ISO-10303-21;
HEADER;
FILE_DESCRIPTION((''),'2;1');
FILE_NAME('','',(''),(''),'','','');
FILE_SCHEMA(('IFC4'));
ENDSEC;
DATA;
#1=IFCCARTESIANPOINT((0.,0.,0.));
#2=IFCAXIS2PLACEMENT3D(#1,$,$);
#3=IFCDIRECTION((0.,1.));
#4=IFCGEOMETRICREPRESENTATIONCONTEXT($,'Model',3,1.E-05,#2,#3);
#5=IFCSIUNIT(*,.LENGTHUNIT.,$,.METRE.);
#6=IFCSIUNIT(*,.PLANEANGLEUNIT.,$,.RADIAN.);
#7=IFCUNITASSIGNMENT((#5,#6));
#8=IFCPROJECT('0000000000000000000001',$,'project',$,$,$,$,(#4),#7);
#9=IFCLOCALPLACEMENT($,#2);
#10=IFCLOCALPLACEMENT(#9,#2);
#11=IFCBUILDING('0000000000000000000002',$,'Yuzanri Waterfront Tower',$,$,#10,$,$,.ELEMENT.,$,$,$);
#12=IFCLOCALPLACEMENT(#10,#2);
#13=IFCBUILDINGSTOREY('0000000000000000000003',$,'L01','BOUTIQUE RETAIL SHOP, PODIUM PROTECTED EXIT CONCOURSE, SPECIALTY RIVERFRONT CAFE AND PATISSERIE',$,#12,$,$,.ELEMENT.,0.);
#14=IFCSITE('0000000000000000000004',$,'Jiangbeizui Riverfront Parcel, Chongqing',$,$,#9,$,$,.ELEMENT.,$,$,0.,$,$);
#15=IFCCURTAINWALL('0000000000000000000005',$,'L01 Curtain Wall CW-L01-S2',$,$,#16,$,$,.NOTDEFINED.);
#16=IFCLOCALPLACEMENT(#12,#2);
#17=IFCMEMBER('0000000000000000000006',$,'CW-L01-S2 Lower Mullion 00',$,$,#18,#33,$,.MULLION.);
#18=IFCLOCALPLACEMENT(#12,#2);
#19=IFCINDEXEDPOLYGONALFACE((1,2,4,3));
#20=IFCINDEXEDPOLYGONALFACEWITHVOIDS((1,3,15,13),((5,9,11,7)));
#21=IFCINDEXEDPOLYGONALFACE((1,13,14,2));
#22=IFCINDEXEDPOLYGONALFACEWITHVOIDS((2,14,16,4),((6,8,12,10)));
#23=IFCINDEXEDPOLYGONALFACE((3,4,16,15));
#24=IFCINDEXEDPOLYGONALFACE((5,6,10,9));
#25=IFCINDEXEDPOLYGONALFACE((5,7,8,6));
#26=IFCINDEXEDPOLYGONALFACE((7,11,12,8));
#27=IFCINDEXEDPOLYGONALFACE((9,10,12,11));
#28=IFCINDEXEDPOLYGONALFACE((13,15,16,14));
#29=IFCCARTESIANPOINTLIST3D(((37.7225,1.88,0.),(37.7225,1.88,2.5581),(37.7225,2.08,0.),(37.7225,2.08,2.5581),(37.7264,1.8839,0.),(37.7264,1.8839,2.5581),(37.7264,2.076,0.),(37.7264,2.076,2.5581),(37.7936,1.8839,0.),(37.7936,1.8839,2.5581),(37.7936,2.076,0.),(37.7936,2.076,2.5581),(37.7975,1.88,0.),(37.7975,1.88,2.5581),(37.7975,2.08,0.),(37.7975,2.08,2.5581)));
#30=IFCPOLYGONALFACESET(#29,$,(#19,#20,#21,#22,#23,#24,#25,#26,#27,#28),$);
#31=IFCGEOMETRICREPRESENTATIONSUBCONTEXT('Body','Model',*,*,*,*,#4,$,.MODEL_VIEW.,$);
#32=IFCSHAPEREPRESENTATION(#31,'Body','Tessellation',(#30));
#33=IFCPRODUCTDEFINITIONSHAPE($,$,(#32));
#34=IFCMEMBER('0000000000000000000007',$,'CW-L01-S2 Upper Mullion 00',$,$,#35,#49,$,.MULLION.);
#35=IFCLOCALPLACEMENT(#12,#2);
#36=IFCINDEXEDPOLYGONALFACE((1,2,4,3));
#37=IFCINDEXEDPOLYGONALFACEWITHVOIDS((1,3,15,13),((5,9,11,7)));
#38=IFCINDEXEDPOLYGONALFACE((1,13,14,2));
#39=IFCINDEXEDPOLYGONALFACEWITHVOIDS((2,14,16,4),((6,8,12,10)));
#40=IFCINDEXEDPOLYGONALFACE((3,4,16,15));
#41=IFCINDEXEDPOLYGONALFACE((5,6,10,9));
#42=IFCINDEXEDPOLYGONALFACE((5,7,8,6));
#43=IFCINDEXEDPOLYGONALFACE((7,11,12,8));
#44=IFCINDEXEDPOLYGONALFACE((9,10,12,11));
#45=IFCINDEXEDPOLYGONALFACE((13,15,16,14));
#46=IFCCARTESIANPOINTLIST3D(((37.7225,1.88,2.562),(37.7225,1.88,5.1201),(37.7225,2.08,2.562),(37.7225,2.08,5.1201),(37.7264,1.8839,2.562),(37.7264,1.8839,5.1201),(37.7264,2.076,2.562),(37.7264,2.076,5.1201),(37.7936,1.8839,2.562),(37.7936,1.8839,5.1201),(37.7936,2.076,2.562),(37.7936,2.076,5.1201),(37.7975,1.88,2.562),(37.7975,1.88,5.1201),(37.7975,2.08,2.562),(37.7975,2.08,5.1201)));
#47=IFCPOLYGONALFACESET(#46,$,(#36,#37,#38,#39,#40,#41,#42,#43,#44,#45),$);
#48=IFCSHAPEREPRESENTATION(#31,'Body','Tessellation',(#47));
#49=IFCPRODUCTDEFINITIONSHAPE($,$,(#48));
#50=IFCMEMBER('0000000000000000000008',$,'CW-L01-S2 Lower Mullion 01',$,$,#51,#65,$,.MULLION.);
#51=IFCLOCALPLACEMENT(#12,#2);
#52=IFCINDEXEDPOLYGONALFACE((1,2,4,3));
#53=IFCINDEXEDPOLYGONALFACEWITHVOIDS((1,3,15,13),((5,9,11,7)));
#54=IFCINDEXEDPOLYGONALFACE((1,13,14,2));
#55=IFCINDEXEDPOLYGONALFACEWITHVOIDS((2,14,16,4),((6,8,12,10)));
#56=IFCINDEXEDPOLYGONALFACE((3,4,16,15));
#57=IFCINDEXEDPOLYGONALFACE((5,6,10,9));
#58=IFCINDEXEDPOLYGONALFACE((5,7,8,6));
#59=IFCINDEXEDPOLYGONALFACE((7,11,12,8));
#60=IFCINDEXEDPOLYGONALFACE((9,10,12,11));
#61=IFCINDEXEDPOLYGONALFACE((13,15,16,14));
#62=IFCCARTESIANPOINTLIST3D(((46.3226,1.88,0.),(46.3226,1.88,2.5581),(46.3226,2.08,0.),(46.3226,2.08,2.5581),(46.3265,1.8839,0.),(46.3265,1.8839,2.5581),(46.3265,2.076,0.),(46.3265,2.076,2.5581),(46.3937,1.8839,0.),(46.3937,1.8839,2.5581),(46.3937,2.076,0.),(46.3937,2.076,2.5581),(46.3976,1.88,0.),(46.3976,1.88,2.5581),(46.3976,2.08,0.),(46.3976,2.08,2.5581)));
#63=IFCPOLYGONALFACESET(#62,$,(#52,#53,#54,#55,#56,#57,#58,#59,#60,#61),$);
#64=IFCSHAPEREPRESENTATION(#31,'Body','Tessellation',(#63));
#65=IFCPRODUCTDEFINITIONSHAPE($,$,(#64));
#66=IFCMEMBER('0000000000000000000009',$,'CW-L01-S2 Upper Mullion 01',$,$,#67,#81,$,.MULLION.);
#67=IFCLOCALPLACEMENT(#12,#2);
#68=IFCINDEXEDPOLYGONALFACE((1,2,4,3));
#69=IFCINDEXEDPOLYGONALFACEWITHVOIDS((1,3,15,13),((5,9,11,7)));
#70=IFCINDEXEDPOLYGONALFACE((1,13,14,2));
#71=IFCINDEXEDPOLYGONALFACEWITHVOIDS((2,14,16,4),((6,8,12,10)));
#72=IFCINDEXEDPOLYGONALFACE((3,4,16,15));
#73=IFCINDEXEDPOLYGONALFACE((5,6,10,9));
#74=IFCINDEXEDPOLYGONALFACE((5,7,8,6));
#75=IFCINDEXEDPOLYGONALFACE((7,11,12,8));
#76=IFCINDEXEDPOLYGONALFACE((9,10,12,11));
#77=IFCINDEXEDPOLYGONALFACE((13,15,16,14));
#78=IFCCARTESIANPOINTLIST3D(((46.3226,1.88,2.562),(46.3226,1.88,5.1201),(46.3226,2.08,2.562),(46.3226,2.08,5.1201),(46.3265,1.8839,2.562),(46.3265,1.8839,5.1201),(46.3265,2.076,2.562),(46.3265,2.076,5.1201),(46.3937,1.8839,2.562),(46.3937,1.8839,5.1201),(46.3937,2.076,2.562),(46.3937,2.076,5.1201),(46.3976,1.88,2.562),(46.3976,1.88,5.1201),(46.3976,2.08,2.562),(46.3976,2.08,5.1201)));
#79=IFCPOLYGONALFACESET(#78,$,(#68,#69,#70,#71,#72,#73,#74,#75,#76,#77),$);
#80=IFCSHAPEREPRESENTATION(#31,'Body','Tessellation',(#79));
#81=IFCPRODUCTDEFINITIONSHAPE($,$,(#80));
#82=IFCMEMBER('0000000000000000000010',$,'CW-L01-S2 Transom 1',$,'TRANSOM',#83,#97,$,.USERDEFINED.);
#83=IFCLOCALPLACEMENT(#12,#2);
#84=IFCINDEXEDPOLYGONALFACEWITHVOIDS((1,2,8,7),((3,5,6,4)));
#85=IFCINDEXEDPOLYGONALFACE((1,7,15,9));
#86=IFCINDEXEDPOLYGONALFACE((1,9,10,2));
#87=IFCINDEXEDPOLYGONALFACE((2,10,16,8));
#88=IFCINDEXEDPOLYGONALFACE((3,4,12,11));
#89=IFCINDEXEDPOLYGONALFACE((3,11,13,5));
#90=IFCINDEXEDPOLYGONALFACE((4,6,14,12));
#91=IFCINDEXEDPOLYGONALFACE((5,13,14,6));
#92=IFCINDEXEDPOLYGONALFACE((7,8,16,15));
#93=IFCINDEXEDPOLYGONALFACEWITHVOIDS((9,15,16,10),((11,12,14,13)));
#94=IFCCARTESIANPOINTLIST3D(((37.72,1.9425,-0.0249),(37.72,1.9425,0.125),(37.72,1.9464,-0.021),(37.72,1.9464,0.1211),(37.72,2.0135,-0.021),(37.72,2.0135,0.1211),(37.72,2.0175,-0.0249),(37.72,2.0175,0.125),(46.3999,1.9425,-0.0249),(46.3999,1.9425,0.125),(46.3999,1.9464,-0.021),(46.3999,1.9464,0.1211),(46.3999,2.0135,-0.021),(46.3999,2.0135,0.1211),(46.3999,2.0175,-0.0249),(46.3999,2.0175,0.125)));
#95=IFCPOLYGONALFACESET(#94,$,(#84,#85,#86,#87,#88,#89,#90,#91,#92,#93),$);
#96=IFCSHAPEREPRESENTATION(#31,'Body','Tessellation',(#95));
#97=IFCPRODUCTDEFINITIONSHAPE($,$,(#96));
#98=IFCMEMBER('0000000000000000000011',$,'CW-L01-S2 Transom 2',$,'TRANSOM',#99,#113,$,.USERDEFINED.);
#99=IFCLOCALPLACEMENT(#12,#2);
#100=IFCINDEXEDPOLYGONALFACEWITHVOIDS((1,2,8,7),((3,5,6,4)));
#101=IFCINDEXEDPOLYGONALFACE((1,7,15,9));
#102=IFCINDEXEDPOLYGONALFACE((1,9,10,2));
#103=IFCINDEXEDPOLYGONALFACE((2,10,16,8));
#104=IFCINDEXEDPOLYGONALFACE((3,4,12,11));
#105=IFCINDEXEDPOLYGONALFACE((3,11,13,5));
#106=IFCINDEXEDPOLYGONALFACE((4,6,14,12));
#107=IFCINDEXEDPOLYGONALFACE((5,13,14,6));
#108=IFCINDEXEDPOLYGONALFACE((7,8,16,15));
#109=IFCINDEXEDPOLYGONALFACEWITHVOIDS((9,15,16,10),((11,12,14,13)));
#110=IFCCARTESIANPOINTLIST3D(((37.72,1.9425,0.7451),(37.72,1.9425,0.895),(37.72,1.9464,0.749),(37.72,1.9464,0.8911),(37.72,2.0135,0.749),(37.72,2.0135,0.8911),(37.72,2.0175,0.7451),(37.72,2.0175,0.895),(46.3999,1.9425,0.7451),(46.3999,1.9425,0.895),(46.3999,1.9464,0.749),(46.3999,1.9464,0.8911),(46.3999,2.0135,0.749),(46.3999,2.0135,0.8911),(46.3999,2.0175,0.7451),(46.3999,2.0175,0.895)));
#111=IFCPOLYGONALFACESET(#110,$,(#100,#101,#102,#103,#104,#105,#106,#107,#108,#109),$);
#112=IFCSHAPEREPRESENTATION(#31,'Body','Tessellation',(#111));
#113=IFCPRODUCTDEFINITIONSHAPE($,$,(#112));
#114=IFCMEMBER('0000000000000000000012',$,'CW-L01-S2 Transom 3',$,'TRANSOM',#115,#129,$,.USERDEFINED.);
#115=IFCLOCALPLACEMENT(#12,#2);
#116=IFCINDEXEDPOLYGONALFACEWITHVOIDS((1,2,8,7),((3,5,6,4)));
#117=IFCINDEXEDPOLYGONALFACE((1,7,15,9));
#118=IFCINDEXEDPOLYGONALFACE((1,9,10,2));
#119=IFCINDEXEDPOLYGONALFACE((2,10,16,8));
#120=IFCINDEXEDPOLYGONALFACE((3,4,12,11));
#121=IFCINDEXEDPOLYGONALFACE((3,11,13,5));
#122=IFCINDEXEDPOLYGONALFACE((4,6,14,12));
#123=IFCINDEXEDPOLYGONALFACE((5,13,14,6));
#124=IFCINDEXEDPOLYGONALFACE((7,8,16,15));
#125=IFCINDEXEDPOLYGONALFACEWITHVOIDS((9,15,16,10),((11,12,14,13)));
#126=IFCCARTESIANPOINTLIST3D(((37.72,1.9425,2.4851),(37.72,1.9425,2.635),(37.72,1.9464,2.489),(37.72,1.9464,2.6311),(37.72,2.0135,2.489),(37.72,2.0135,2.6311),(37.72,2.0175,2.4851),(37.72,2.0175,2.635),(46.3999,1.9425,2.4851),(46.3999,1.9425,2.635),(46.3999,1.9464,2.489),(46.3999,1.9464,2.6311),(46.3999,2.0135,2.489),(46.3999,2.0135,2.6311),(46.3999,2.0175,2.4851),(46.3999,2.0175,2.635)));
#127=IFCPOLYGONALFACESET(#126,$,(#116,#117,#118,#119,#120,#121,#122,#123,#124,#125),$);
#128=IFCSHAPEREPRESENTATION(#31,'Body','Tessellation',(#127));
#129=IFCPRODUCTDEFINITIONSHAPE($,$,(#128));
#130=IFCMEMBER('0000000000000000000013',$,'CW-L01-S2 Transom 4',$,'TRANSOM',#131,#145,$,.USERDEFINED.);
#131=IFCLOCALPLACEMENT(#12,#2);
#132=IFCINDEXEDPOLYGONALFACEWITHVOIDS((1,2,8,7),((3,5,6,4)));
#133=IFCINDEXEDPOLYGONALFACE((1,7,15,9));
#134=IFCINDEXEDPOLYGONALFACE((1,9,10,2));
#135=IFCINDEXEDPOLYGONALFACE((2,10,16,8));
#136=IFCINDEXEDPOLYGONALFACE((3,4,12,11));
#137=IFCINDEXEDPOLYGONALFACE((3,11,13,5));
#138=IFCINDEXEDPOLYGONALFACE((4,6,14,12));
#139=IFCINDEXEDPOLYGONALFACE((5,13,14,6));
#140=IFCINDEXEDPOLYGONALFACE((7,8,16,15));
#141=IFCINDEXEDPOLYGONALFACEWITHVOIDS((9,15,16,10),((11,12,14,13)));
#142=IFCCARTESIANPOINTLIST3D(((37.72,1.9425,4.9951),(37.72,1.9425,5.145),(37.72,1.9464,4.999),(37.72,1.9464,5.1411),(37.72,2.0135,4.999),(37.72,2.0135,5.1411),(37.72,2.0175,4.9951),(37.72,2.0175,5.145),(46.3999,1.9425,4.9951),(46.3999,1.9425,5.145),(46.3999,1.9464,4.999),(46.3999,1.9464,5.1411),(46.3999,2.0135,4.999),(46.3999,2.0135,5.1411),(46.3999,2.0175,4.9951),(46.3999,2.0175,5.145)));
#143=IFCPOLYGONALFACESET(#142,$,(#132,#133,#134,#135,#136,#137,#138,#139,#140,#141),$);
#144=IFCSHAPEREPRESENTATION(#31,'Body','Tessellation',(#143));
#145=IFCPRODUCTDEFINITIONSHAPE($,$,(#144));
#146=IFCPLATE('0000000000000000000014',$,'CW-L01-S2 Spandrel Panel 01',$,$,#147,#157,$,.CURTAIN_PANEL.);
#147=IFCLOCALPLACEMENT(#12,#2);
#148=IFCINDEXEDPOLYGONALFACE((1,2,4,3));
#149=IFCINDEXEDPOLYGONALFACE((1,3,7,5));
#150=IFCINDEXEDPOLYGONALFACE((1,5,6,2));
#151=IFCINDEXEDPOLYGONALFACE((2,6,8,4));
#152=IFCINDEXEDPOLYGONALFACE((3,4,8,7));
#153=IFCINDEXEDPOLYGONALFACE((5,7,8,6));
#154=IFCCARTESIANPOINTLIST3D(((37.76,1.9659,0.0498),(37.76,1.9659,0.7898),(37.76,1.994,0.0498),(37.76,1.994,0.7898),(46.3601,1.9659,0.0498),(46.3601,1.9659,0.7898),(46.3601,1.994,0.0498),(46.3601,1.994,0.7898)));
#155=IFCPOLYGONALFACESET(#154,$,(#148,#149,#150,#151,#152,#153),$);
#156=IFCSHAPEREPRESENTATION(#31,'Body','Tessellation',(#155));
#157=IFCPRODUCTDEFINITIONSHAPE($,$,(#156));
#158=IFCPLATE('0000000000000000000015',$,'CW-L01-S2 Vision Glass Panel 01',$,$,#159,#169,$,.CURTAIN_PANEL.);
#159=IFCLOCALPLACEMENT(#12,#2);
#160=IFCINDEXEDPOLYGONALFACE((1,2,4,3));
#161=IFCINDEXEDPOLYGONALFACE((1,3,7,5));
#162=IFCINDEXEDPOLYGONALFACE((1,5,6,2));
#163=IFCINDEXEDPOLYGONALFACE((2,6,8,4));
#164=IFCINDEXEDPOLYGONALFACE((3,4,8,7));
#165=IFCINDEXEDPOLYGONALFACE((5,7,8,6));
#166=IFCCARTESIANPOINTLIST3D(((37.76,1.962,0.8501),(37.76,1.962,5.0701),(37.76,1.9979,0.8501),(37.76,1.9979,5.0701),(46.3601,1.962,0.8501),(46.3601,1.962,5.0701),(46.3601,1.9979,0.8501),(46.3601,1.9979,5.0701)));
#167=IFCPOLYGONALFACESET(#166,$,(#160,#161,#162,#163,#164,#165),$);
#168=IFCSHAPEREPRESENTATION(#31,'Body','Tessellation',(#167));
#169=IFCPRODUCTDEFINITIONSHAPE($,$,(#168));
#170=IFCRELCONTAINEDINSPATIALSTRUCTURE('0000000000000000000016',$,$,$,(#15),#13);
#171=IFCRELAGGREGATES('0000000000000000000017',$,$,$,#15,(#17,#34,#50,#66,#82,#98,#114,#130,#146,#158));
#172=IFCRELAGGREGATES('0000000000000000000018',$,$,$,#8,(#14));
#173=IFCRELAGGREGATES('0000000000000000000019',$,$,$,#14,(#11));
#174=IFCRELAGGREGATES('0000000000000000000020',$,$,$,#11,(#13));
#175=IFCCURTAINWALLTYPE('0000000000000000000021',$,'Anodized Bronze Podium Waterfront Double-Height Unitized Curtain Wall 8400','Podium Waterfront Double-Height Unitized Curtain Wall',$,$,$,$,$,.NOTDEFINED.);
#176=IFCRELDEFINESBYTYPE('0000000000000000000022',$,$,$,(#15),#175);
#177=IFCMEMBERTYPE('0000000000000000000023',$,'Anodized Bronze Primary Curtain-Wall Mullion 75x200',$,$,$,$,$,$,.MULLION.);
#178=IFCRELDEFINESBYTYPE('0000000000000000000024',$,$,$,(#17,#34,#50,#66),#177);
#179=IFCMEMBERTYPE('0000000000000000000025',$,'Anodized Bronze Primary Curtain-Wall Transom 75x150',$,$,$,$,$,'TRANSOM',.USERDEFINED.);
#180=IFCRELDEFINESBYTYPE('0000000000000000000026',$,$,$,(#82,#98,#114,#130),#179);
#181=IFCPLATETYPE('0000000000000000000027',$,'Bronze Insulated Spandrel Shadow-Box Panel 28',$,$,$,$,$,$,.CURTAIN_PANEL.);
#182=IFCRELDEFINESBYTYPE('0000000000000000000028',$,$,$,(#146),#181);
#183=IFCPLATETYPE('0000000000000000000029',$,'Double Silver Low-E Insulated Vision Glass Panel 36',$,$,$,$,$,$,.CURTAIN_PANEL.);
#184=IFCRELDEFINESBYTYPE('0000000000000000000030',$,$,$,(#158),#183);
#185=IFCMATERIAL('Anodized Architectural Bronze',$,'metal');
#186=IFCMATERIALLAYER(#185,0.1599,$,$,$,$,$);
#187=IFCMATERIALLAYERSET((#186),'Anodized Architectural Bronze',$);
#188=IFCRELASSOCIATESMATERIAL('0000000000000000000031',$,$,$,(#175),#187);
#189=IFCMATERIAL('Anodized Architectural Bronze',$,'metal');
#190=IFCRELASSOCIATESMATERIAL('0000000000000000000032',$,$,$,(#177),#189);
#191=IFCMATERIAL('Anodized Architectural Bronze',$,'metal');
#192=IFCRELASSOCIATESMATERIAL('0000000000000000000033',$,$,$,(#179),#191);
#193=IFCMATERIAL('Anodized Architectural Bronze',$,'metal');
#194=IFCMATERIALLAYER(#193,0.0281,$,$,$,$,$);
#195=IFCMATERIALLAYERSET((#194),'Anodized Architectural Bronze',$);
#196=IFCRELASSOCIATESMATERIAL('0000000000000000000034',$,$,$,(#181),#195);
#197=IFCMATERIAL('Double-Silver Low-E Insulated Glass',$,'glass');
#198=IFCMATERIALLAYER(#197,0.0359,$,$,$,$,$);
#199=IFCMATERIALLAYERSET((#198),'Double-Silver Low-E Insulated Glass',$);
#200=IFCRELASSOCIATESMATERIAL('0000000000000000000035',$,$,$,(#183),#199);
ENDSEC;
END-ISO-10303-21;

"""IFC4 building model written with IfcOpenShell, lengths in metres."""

from ifc_helpers import new_model, si_unit, direction, frame, origin, origin_2d, place, context, subcontext, project, spatial, rectangle, hollow_rectangle, extrude, source, transform, mapped, material, layer, layer_set, material_profile, profile_set, type_object, element, aggregate, save


model = new_model("IFC4")

# Units and contexts
model_context = context("Model", 3, precision=1e-05, world=origin(), true_north=direction((0.0, 1.0)))
body_context = subcontext(model_context, "Body", "Model", "MODEL_VIEW")
ifc_project = project(units=[si_unit("LENGTHUNIT", "METRE"), si_unit("PLANEANGLEUNIT", "RADIAN")], contexts=[model_context])

# Site, building, storey
site_placement = place(None, origin())
site = spatial("IfcSite", under=ifc_project, at=site_placement, Name="Jiangbeizui Riverfront Parcel, Chongqing", CompositionType="ELEMENT", RefElevation=0.0)
building_placement = place(site_placement, origin())
building = spatial("IfcBuilding", under=site, at=building_placement, Name="Yuzanri Waterfront Tower", CompositionType="ELEMENT")
storey_placement = place(building_placement, origin())
storey = spatial("IfcBuildingStorey", under=building, at=storey_placement, Name="L01", Description="BOUTIQUE RETAIL SHOP, PODIUM PROTECTED EXIT CONCOURSE, SPECIALTY RIVERFRONT CAFE AND PATISSERIE", CompositionType="ELEMENT", Elevation=0.0)

# Curtain wall, members, plates
ifc_material_1 = material(Name="Anodized Architectural Bronze", Category="metal")
ifc_layer_1 = layer(ifc_material_1, 0.1599)
ifc_layer_set_1 = layer_set([ifc_layer_1], Name="Anodized Architectural Bronze")
curtain_wall_type = type_object("IfcCurtainWallType", Name="Anodized Bronze Podium Waterfront Double-Height Unitized Curtain Wall 8400", Description="Podium Waterfront Double-Height Unitized Curtain Wall", PredefinedType="NOTDEFINED", material=ifc_layer_set_1)
curtain_wall_placement = place(storey_placement, origin())
curtain_wall = element("IfcCurtainWall", 1, at=curtain_wall_placement, inside=storey, type_object=curtain_wall_type, Name="L01 Curtain Wall CW-L01-S2", PredefinedType="NOTDEFINED")
ifc_material_2 = material(Name="Anodized Architectural Bronze", Category="metal")
ifc_material_profile_1 = material_profile(ifc_material_2, hollow_rectangle(XDim=0.075, YDim=0.2, WallThickness=0.0039, at=origin_2d()), Name="CWM 75x200")
ifc_profile_set_1 = profile_set([ifc_material_profile_1], Name="Anodized Architectural Bronze")
member_type_1 = type_object("IfcMemberType", Name="Anodized Bronze Primary Curtain-Wall Mullion 75x200", PredefinedType="MULLION", material=ifc_profile_set_1)
shared_shape_1 = source(origin(), body_context, "Body", "SweptSolid", [
    extrude(hollow_rectangle(XDim=0.075, YDim=0.2, WallThickness=0.0039, at=origin_2d()), origin(), (0.0, 0.0, 1.0), 2.5581),
])
member_1_placement = place(storey_placement, frame((37.76, 1.98, 0.0), z_axis=(0.0, 0.0, 1.0), x_axis=(1.0, 0.0, 0.0)))
member_1 = element("IfcMember", 2, at=member_1_placement, type_object=member_type_1, Name="CW-L01-S2 Lower Mullion 00", PredefinedType="MULLION", context=body_context, shape_type="MappedRepresentation", body=[
    mapped(shared_shape_1, transform((0.0, 0.0, 0.0), scale=1.0)),
])
member_2_placement = place(storey_placement, frame((37.76, 1.98, 2.562), z_axis=(0.0, 0.0, 1.0), x_axis=(1.0, 0.0, 0.0)))
member_2 = element("IfcMember", 3, at=member_2_placement, type_object=member_type_1, Name="CW-L01-S2 Upper Mullion 00", PredefinedType="MULLION", context=body_context, shape_type="MappedRepresentation", body=[
    mapped(shared_shape_1, transform((0.0, 0.0, 0.0), scale=1.0)),
])
member_3_placement = place(storey_placement, frame((46.3601, 1.98, 0.0), z_axis=(0.0, 0.0, 1.0), x_axis=(1.0, 0.0, 0.0)))
member_3 = element("IfcMember", 4, at=member_3_placement, type_object=member_type_1, Name="CW-L01-S2 Lower Mullion 01", PredefinedType="MULLION", context=body_context, shape_type="MappedRepresentation", body=[
    mapped(shared_shape_1, transform((0.0, 0.0, 0.0), scale=1.0)),
])
member_4_placement = place(storey_placement, frame((46.3601, 1.98, 2.562), z_axis=(0.0, 0.0, 1.0), x_axis=(1.0, 0.0, 0.0)))
member_4 = element("IfcMember", 5, at=member_4_placement, type_object=member_type_1, Name="CW-L01-S2 Upper Mullion 01", PredefinedType="MULLION", context=body_context, shape_type="MappedRepresentation", body=[
    mapped(shared_shape_1, transform((0.0, 0.0, 0.0), scale=1.0)),
])
ifc_material_3 = material(Name="Anodized Architectural Bronze", Category="metal")
ifc_material_profile_2 = material_profile(ifc_material_3, hollow_rectangle(XDim=0.075, YDim=0.1499, WallThickness=0.0039, at=origin_2d()), Name="CWT 75x150")
ifc_profile_set_2 = profile_set([ifc_material_profile_2], Name="Anodized Architectural Bronze")
member_type_2 = type_object("IfcMemberType", Name="Anodized Bronze Primary Curtain-Wall Transom 75x150", ElementType="TRANSOM", PredefinedType="USERDEFINED", material=ifc_profile_set_2)
shared_shape_2 = source(origin(), body_context, "Body", "SweptSolid", [
    extrude(hollow_rectangle(XDim=0.075, YDim=0.1499, WallThickness=0.0039, at=origin_2d()), origin(), (0.0, 0.0, 1.0), 8.6799),
])
member_5_placement = place(storey_placement, frame((37.72, 1.98, 0.05), z_axis=(1.0, 0.0, 0.0), x_axis=(0.0, 1.0, 0.0)))
member_5 = element("IfcMember", 6, at=member_5_placement, type_object=member_type_2, Name="CW-L01-S2 Transom 1", ObjectType="TRANSOM", PredefinedType="USERDEFINED", context=body_context, shape_type="MappedRepresentation", body=[
    mapped(shared_shape_2, transform((0.0, 0.0, 0.0), scale=1.0)),
])
member_6_placement = place(storey_placement, frame((37.72, 1.98, 0.8201), z_axis=(1.0, 0.0, 0.0), x_axis=(0.0, 1.0, 0.0)))
member_6 = element("IfcMember", 7, at=member_6_placement, type_object=member_type_2, Name="CW-L01-S2 Transom 2", ObjectType="TRANSOM", PredefinedType="USERDEFINED", context=body_context, shape_type="MappedRepresentation", body=[
    mapped(shared_shape_2, transform((0.0, 0.0, 0.0), scale=1.0)),
])
member_7_placement = place(storey_placement, frame((37.72, 1.98, 2.5601), z_axis=(1.0, 0.0, 0.0), x_axis=(0.0, 1.0, 0.0)))
member_7 = element("IfcMember", 8, at=member_7_placement, type_object=member_type_2, Name="CW-L01-S2 Transom 3", ObjectType="TRANSOM", PredefinedType="USERDEFINED", context=body_context, shape_type="MappedRepresentation", body=[
    mapped(shared_shape_2, transform((0.0, 0.0, 0.0), scale=1.0)),
])
member_8_placement = place(storey_placement, frame((37.72, 1.98, 5.0701), z_axis=(1.0, 0.0, 0.0), x_axis=(0.0, 1.0, 0.0)))
member_8 = element("IfcMember", 9, at=member_8_placement, type_object=member_type_2, Name="CW-L01-S2 Transom 4", ObjectType="TRANSOM", PredefinedType="USERDEFINED", context=body_context, shape_type="MappedRepresentation", body=[
    mapped(shared_shape_2, transform((0.0, 0.0, 0.0), scale=1.0)),
])
ifc_material_4 = material(Name="Anodized Architectural Bronze", Category="metal")
ifc_layer_2 = layer(ifc_material_4, 0.0281)
ifc_layer_set_2 = layer_set([ifc_layer_2], Name="Anodized Architectural Bronze")
plate_type_1 = type_object("IfcPlateType", Name="Bronze Insulated Spandrel Shadow-Box Panel 28", PredefinedType="CURTAIN_PANEL", material=ifc_layer_set_2)
shared_shape_3 = source(origin(), body_context, "Body", "SweptSolid", [
    extrude(rectangle(XDim=8.6001, YDim=0.0281, at=origin_2d()), origin(), (0.0, 0.0, 1.0), 0.74),
])
plate_1_placement = place(storey_placement, frame((42.0601, 1.98, 0.0498), z_axis=(0.0, 0.0, 1.0), x_axis=(1.0, 0.0, 0.0)))
plate_1 = element("IfcPlate", 10, at=plate_1_placement, type_object=plate_type_1, Name="CW-L01-S2 Spandrel Panel 01", PredefinedType="CURTAIN_PANEL", context=body_context, shape_type="MappedRepresentation", body=[
    mapped(shared_shape_3, transform((0.0, 0.0, 0.0), scale=1.0)),
])
ifc_material_5 = material(Name="Double-Silver Low-E Insulated Glass", Category="glass")
ifc_layer_3 = layer(ifc_material_5, 0.0359)
ifc_layer_set_3 = layer_set([ifc_layer_3], Name="Double-Silver Low-E Insulated Glass")
plate_type_2 = type_object("IfcPlateType", Name="Double Silver Low-E Insulated Vision Glass Panel 36", PredefinedType="CURTAIN_PANEL", material=ifc_layer_set_3)
shared_shape_4 = source(origin(), body_context, "Body", "SweptSolid", [
    extrude(rectangle(XDim=8.6001, YDim=0.0359, at=origin_2d()), origin(), (0.0, 0.0, 1.0), 4.22),
])
plate_2_placement = place(storey_placement, frame((42.0601, 1.98, 0.8501), z_axis=(0.0, 0.0, 1.0), x_axis=(1.0, 0.0, 0.0)))
plate_2 = element("IfcPlate", 11, at=plate_2_placement, type_object=plate_type_2, Name="CW-L01-S2 Vision Glass Panel 01", PredefinedType="CURTAIN_PANEL", context=body_context, shape_type="MappedRepresentation", body=[
    mapped(shared_shape_4, transform((0.0, 0.0, 0.0), scale=1.0)),
])
aggregate(curtain_wall, [member_1, member_2, member_3, member_4, member_5, member_6, member_7, member_8, plate_1, plate_2])

save(model, "model.ifc")
